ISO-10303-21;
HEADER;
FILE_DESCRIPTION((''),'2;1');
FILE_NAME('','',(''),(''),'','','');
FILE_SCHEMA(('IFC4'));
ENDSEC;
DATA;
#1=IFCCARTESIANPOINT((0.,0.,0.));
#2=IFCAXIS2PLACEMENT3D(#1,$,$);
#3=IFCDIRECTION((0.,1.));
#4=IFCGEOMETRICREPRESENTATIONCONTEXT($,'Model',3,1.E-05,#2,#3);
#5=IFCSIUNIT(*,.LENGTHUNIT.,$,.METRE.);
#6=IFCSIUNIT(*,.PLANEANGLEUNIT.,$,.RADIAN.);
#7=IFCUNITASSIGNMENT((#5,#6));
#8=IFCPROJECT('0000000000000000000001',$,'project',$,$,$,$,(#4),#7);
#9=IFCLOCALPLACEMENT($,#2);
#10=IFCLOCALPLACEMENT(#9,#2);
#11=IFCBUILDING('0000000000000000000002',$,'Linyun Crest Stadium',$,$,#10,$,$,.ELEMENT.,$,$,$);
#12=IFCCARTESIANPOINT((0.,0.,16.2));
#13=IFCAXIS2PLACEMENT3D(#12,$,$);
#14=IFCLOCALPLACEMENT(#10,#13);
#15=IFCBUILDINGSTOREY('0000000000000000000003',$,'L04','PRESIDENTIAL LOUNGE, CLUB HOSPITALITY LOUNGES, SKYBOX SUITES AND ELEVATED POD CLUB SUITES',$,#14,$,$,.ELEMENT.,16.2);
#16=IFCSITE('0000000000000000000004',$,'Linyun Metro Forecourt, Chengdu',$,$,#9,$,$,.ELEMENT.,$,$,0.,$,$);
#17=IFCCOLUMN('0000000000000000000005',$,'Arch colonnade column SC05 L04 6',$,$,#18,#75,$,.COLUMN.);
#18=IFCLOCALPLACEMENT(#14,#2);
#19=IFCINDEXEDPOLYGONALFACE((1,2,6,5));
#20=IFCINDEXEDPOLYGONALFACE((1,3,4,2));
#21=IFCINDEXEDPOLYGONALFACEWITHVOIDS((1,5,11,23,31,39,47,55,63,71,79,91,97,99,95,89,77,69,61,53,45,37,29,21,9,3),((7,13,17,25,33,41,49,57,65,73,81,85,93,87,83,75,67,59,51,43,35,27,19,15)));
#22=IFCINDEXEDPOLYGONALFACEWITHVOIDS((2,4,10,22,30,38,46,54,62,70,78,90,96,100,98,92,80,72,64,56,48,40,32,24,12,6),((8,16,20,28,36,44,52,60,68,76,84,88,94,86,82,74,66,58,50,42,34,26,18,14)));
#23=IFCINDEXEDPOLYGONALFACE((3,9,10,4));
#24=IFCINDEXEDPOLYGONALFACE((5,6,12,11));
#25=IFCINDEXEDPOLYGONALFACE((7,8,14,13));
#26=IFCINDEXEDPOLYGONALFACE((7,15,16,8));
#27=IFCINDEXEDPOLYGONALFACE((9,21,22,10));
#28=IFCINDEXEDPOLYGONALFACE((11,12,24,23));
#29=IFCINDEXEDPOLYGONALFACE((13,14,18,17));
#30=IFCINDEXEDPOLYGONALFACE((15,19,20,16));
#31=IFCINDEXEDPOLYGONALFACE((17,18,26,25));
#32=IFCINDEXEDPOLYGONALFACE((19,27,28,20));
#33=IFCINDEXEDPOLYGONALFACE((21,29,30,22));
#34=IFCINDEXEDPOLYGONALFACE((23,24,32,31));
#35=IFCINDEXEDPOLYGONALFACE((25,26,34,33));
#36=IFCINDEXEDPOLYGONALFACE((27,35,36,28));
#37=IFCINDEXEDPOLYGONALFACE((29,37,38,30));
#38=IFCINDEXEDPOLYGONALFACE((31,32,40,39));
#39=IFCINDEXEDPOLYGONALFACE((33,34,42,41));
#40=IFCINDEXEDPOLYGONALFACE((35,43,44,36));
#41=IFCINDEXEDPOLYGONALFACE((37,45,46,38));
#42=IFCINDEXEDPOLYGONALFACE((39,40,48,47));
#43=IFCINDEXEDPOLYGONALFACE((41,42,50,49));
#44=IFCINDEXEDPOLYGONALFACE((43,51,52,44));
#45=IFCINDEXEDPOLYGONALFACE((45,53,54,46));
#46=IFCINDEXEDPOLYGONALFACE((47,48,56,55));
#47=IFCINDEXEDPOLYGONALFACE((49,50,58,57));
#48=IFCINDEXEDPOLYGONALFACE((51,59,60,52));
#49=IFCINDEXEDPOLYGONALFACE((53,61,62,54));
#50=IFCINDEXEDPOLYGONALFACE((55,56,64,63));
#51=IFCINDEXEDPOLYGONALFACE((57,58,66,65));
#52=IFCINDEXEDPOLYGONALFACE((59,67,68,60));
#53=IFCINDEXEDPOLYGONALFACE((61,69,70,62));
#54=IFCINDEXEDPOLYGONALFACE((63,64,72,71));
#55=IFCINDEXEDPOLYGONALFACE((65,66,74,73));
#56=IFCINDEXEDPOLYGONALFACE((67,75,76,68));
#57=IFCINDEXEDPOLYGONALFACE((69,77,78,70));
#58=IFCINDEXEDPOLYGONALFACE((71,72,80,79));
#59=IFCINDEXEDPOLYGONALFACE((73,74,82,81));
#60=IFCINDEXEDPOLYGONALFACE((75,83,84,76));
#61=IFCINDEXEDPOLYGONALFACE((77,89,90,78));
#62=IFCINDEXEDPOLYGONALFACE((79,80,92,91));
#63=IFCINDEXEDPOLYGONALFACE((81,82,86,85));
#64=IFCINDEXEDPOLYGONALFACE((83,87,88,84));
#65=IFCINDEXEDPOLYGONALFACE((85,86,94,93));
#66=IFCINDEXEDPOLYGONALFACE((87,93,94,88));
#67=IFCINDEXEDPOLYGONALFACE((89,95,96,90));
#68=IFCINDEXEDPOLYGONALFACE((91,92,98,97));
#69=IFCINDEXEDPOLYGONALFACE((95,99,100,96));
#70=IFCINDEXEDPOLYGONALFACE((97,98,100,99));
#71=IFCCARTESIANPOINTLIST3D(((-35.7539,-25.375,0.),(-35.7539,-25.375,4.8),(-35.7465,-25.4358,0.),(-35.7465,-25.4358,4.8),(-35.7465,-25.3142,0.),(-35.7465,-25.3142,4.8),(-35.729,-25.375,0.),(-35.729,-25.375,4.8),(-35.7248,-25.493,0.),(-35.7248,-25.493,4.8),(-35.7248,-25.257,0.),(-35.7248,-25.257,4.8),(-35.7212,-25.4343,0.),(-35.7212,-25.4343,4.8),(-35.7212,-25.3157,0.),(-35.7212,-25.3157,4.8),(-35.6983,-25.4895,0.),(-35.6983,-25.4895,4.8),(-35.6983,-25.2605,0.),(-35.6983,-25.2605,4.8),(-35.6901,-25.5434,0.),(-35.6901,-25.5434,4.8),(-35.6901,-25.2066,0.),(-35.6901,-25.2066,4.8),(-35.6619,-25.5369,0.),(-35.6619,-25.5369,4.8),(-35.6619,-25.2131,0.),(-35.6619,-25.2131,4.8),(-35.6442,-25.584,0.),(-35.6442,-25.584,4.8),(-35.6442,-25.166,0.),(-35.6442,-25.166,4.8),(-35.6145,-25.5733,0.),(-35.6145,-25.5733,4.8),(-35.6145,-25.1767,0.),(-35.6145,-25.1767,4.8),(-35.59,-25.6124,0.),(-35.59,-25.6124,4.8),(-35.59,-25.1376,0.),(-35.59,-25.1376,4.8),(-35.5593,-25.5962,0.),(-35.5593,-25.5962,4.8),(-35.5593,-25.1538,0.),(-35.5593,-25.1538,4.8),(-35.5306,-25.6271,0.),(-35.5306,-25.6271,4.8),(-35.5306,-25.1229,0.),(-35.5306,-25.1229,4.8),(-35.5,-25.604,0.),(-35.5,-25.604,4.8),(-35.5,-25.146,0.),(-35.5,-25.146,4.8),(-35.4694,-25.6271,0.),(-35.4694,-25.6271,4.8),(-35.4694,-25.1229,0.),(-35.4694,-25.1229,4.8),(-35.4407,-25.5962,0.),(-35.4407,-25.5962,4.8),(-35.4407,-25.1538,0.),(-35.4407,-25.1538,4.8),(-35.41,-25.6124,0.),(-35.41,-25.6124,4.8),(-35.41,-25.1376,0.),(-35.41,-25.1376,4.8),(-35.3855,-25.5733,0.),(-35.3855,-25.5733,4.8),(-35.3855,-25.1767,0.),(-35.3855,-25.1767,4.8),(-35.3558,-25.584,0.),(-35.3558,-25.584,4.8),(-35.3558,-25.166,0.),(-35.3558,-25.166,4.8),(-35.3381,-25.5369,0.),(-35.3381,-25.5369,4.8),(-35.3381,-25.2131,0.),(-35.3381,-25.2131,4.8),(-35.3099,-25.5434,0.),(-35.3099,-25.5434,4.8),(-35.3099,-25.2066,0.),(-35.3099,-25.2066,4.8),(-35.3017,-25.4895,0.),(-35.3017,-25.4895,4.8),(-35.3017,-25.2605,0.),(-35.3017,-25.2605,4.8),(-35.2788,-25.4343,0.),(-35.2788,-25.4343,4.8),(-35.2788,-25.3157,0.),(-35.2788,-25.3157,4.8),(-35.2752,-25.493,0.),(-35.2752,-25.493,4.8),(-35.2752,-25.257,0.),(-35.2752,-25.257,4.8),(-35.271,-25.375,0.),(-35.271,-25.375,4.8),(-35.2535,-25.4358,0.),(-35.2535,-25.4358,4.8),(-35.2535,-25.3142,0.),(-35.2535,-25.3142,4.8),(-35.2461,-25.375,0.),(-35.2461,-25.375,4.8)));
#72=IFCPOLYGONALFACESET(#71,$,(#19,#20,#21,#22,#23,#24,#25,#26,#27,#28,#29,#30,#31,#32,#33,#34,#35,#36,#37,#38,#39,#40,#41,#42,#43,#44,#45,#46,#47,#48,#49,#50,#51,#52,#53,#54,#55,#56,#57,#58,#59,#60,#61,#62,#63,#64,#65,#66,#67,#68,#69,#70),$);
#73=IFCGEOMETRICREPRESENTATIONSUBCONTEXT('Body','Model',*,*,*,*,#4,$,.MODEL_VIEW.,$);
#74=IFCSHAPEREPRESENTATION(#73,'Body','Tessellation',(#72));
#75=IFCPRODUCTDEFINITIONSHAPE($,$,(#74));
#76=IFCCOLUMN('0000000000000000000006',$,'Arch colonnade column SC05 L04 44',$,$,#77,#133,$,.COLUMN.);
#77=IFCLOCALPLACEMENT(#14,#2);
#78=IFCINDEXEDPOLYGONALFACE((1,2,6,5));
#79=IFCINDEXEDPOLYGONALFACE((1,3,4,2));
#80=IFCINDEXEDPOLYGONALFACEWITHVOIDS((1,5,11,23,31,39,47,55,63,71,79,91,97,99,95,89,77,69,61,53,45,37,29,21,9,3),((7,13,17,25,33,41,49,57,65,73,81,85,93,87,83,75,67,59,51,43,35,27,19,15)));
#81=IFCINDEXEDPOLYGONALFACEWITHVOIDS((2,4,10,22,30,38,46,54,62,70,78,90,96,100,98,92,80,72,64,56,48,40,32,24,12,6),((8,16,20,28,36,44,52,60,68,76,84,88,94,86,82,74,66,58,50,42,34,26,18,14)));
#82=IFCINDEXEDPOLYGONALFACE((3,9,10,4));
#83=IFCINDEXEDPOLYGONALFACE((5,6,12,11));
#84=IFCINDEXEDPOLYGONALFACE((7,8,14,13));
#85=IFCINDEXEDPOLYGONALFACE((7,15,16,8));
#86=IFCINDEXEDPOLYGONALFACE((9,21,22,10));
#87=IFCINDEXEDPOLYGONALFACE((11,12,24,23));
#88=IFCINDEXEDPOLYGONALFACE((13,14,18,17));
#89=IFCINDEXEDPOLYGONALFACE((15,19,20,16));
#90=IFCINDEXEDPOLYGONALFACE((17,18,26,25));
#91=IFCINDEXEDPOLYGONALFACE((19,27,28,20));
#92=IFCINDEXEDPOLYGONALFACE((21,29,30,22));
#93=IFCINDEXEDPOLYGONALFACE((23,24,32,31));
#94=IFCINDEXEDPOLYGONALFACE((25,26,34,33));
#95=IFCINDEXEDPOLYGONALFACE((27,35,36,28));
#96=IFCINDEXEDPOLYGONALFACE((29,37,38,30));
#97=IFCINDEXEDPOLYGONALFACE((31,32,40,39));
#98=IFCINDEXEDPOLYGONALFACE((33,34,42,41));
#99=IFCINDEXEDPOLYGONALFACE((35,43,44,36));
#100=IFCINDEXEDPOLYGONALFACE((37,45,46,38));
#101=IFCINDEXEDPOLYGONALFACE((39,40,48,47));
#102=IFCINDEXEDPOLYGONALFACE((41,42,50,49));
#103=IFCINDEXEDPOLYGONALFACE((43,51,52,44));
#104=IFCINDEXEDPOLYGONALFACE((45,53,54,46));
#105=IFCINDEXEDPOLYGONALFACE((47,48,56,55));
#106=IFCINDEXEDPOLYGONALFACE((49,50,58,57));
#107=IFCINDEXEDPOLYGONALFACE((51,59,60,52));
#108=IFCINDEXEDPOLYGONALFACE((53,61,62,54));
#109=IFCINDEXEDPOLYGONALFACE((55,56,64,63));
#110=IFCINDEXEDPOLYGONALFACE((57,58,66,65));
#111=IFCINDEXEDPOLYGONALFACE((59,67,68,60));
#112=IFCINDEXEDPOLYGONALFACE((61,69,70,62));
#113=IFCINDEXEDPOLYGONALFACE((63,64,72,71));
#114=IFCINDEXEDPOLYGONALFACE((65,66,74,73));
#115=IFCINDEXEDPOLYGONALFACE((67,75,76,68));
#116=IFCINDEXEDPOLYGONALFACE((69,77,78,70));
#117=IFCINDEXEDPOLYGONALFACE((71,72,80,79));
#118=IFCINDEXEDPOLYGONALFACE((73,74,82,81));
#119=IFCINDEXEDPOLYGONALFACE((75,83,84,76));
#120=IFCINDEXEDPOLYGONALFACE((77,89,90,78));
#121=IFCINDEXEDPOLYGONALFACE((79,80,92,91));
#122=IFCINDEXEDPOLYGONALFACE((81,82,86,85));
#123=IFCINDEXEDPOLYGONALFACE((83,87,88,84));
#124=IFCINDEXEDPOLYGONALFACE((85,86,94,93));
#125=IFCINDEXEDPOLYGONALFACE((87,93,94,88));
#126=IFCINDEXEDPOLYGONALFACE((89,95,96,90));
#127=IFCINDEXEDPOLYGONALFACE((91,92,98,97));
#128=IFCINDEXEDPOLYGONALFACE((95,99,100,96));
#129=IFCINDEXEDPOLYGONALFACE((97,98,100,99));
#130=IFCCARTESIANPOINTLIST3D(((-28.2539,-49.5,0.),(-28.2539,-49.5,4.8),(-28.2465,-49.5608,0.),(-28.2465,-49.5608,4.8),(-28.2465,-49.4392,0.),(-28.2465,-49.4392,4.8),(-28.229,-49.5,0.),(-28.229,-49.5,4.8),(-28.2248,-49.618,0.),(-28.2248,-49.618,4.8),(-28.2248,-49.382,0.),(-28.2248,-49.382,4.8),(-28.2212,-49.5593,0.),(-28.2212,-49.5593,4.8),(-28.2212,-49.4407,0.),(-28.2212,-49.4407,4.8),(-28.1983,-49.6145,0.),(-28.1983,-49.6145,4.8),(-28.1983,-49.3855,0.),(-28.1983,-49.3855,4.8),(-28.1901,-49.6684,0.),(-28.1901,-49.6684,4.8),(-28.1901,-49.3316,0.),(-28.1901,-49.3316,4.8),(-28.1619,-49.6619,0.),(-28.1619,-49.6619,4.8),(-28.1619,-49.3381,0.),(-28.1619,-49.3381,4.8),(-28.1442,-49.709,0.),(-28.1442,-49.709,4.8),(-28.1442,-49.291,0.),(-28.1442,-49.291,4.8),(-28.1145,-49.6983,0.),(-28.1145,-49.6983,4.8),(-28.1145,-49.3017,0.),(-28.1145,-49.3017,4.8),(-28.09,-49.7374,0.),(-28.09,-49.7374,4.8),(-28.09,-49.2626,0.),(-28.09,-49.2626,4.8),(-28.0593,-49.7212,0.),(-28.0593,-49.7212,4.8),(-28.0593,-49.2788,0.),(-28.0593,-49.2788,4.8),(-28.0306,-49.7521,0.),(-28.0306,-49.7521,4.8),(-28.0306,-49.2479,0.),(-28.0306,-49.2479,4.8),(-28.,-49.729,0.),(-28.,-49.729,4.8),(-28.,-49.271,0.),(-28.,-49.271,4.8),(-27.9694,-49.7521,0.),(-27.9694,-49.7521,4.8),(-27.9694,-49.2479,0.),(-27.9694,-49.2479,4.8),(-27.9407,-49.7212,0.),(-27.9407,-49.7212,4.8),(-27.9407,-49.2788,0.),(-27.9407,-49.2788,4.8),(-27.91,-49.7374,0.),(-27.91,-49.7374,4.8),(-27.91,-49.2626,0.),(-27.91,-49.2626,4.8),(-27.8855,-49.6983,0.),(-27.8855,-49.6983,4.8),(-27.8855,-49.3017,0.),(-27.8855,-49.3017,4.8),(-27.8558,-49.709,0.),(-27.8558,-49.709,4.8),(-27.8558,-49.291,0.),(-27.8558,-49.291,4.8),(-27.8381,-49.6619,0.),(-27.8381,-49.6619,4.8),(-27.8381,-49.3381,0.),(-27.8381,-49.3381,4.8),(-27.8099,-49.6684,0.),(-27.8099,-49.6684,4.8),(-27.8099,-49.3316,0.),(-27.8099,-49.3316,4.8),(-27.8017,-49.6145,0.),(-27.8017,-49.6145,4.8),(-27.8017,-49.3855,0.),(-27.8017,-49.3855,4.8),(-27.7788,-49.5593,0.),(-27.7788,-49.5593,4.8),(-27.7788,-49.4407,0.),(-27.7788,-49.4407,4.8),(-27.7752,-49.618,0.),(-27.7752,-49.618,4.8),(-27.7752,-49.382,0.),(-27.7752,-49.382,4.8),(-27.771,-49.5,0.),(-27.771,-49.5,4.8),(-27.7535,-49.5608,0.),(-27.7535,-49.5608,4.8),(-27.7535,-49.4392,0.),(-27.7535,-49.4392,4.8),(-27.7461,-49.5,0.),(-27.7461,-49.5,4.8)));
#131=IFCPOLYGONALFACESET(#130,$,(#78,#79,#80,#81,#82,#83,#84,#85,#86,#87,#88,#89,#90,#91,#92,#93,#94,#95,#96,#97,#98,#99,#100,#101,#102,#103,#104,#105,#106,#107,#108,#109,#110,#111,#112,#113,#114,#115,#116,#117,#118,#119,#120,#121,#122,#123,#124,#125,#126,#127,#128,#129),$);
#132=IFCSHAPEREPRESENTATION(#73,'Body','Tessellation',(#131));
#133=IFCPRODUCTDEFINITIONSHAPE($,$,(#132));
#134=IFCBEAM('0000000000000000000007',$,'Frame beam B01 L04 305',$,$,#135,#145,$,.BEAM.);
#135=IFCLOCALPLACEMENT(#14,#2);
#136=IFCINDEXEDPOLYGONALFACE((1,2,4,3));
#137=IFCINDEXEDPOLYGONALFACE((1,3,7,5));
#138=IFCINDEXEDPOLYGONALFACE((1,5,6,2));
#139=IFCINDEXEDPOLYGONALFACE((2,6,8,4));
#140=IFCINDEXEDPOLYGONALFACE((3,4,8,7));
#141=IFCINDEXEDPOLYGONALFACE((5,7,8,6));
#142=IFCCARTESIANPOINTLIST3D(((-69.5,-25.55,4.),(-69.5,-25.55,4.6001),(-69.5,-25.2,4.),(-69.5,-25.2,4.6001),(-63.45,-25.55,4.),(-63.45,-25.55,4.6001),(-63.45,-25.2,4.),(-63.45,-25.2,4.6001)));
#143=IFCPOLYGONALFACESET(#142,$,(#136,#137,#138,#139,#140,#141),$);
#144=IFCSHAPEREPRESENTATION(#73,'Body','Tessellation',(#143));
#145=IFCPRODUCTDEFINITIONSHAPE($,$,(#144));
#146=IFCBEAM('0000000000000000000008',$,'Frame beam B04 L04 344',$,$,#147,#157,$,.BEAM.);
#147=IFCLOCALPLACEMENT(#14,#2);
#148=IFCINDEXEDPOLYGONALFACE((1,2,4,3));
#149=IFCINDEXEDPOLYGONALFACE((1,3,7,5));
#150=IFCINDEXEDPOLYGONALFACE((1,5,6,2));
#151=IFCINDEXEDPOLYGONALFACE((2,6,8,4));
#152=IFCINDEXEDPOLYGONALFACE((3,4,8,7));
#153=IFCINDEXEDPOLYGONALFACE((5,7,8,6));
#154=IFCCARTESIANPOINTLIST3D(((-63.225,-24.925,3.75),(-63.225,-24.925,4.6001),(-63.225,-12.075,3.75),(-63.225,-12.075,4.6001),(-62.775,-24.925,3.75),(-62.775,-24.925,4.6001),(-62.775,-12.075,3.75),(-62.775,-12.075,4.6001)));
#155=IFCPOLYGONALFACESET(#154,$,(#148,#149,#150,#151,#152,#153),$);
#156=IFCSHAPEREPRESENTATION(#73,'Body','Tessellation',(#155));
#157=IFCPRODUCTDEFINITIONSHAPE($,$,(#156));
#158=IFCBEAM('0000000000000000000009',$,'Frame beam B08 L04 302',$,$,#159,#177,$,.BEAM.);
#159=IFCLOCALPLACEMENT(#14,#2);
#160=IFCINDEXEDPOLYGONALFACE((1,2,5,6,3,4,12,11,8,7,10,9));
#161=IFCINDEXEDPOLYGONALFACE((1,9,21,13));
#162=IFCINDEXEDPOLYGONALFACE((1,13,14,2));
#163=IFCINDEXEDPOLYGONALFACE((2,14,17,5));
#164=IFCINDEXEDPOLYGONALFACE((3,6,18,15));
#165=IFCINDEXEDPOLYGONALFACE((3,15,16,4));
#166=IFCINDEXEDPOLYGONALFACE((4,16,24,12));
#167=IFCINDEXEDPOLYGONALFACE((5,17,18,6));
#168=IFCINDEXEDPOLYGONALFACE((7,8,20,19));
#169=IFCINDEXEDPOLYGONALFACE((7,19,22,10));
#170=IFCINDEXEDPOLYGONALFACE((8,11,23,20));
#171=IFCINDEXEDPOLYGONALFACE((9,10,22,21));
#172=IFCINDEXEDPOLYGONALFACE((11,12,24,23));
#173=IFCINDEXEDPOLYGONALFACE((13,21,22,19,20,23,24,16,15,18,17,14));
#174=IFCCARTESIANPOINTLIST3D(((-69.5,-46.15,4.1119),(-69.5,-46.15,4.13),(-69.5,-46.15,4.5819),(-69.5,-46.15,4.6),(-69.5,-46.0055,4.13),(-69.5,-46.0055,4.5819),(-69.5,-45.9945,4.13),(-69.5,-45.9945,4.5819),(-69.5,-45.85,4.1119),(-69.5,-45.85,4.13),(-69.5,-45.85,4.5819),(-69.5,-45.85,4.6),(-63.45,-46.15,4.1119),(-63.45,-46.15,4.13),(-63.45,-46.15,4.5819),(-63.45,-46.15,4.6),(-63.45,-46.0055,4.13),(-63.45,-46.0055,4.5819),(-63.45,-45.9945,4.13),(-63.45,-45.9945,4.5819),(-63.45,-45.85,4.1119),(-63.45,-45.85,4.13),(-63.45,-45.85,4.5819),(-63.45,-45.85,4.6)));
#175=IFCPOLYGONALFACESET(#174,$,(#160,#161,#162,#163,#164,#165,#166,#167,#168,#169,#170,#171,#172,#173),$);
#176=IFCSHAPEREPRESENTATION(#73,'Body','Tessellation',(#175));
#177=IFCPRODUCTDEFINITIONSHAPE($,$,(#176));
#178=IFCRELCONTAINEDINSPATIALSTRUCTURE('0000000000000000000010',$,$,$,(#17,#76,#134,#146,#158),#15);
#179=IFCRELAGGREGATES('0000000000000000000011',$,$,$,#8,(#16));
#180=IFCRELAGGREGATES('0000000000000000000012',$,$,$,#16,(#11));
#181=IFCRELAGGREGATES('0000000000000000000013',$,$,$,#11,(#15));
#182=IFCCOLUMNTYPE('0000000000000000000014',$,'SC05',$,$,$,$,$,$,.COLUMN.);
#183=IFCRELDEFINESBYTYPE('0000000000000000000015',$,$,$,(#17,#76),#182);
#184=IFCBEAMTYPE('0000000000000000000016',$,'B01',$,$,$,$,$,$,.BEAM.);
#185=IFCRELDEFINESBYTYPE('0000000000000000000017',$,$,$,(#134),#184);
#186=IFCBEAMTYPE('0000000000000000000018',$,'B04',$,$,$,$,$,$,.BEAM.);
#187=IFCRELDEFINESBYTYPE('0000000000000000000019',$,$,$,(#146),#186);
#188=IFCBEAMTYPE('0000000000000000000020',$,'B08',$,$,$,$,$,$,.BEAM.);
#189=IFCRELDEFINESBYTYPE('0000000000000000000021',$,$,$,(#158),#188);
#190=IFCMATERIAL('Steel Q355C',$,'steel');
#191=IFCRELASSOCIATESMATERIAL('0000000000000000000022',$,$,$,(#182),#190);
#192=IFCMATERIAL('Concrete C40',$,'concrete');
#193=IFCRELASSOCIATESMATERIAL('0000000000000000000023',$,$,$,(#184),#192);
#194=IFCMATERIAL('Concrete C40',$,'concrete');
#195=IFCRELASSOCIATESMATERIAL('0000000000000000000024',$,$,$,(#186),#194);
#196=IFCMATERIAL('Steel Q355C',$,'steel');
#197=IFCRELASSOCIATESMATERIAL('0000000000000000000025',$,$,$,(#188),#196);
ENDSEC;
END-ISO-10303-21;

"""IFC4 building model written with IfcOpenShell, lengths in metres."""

from ifc_helpers import new_model, si_unit, direction, frame, origin, origin_2d, place, context, subcontext, project, spatial, rectangle, hollow_circle, i_section, extrude, material, material_profile, profile_set, type_object, element, save


model = new_model("IFC4")

# Units and contexts
model_context = context("Model", 3, precision=1e-05, world=origin(), true_north=direction((0.0, 1.0)))
body_context = subcontext(model_context, "Body", "Model", "MODEL_VIEW")
ifc_project = project(units=[si_unit("LENGTHUNIT", "METRE"), si_unit("PLANEANGLEUNIT", "RADIAN")], contexts=[model_context])

# Site, building, storey
site_placement = place(None, origin())
site = spatial("IfcSite", under=ifc_project, at=site_placement, Name="Linyun Metro Forecourt, Chengdu", CompositionType="ELEMENT", RefElevation=0.0)
building_placement = place(site_placement, origin())
building = spatial("IfcBuilding", under=site, at=building_placement, Name="Linyun Crest Stadium", CompositionType="ELEMENT")
storey_placement = place(building_placement, frame((0.0, 0.0, 16.2)))
storey = spatial("IfcBuildingStorey", under=building, at=storey_placement, Name="L04", Description="PRESIDENTIAL LOUNGE, CLUB HOSPITALITY LOUNGES, SKYBOX SUITES AND ELEVATED POD CLUB SUITES", CompositionType="ELEMENT", Elevation=16.2)

# Columns
ifc_material_1 = material(Name="Steel Q355C", Category="steel")
ifc_material_profile_1 = material_profile(ifc_material_1, hollow_circle(Radius=0.2539, WallThickness=0.0249, at=origin_2d()), Name="CHS 508x25")
ifc_profile_set_1 = profile_set([ifc_material_profile_1], Name="Steel Q355C")
column_type_1 = type_object("IfcColumnType", Name="SC05", PredefinedType="COLUMN", material=ifc_profile_set_1)
for number, where, z_axis, x_axis, name in (
    (1, (-35.5, -25.375, 0.0), (0.0, 0.0, 1.0), (1.0, 0.0, 0.0), "Arch colonnade column SC05 L04 6"),
    (2, (-28.0, -49.5, 0.0), (0.0, 0.0, 1.0), (1.0, 0.0, 0.0), "Arch colonnade column SC05 L04 44"),
):
    element("IfcColumn", number, at=place(storey_placement, frame(where, z_axis=z_axis, x_axis=x_axis)), inside=storey, type_object=column_type_1, Name=name, PredefinedType="COLUMN", context=body_context, shape_type="SweptSolid", body=[
        extrude(hollow_circle(Radius=0.2539, WallThickness=0.0249, at=origin_2d()), origin(), (0.0, 0.0, 1.0), 4.8),
    ])

# Beams
ifc_material_2 = material(Name="Concrete C40", Category="concrete")
ifc_material_profile_2 = material_profile(ifc_material_2, rectangle(XDim=0.3501, YDim=0.6001, at=origin_2d()), Name="RCB 600x350")
ifc_profile_set_2 = profile_set([ifc_material_profile_2], Name="Concrete C40")
beam_type_1 = type_object("IfcBeamType", Name="B01", PredefinedType="BEAM", material=ifc_profile_set_2)
beam_1_placement = place(storey_placement, frame((-69.5, -25.375, 4.3), z_axis=(1.0, 0.0, 0.0), x_axis=(0.0, 1.0, 0.0)))
element("IfcBeam", 3, at=beam_1_placement, inside=storey, type_object=beam_type_1, Name="Frame beam B01 L04 305", PredefinedType="BEAM", context=body_context, shape_type="SweptSolid", body=[
    extrude(rectangle(XDim=0.3501, YDim=0.6001, at=origin_2d()), origin(), (0.0, 0.0, 1.0), 6.05),
])
ifc_material_3 = material(Name="Concrete C40", Category="concrete")
ifc_material_profile_3 = material_profile(ifc_material_3, rectangle(XDim=0.45, YDim=0.8501, at=origin_2d()), Name="RCB 850x450")
ifc_profile_set_3 = profile_set([ifc_material_profile_3], Name="Concrete C40")
beam_type_2 = type_object("IfcBeamType", Name="B04", PredefinedType="BEAM", material=ifc_profile_set_3)
beam_2_placement = place(storey_placement, frame((-63.0, -24.925, 4.175), z_axis=(0.0, 1.0, 0.0), x_axis=(-1.0, 0.0, 0.0)))
element("IfcBeam", 4, at=beam_2_placement, inside=storey, type_object=beam_type_2, Name="Frame beam B04 L04 344", PredefinedType="BEAM", context=body_context, shape_type="SweptSolid", body=[
    extrude(rectangle(XDim=0.45, YDim=0.8501, at=origin_2d()), origin(), (0.0, 0.0, 1.0), 12.8501),
])
ifc_material_4 = material(Name="Steel Q355C", Category="steel")
ifc_material_profile_4 = material_profile(ifc_material_4, i_section(OverallWidth=0.3, OverallDepth=0.488, WebThickness=0.011, FlangeThickness=0.0181, at=origin_2d()), Name="HM 488x300")
ifc_profile_set_4 = profile_set([ifc_material_profile_4], Name="Steel Q355C")
beam_type_3 = type_object("IfcBeamType", Name="B08", PredefinedType="BEAM", material=ifc_profile_set_4)
beam_3_placement = place(storey_placement, frame((-69.5, -46.0, 4.356), z_axis=(1.0, 0.0, 0.0), x_axis=(0.0, 1.0, 0.0)))
element("IfcBeam", 5, at=beam_3_placement, inside=storey, type_object=beam_type_3, Name="Frame beam B08 L04 302", PredefinedType="BEAM", context=body_context, shape_type="SweptSolid", body=[
    extrude(i_section(OverallWidth=0.3, OverallDepth=0.488, WebThickness=0.011, FlangeThickness=0.0181, at=origin_2d()), origin(), (0.0, 0.0, 1.0), 6.05),
])

save(model, "model.ifc")
